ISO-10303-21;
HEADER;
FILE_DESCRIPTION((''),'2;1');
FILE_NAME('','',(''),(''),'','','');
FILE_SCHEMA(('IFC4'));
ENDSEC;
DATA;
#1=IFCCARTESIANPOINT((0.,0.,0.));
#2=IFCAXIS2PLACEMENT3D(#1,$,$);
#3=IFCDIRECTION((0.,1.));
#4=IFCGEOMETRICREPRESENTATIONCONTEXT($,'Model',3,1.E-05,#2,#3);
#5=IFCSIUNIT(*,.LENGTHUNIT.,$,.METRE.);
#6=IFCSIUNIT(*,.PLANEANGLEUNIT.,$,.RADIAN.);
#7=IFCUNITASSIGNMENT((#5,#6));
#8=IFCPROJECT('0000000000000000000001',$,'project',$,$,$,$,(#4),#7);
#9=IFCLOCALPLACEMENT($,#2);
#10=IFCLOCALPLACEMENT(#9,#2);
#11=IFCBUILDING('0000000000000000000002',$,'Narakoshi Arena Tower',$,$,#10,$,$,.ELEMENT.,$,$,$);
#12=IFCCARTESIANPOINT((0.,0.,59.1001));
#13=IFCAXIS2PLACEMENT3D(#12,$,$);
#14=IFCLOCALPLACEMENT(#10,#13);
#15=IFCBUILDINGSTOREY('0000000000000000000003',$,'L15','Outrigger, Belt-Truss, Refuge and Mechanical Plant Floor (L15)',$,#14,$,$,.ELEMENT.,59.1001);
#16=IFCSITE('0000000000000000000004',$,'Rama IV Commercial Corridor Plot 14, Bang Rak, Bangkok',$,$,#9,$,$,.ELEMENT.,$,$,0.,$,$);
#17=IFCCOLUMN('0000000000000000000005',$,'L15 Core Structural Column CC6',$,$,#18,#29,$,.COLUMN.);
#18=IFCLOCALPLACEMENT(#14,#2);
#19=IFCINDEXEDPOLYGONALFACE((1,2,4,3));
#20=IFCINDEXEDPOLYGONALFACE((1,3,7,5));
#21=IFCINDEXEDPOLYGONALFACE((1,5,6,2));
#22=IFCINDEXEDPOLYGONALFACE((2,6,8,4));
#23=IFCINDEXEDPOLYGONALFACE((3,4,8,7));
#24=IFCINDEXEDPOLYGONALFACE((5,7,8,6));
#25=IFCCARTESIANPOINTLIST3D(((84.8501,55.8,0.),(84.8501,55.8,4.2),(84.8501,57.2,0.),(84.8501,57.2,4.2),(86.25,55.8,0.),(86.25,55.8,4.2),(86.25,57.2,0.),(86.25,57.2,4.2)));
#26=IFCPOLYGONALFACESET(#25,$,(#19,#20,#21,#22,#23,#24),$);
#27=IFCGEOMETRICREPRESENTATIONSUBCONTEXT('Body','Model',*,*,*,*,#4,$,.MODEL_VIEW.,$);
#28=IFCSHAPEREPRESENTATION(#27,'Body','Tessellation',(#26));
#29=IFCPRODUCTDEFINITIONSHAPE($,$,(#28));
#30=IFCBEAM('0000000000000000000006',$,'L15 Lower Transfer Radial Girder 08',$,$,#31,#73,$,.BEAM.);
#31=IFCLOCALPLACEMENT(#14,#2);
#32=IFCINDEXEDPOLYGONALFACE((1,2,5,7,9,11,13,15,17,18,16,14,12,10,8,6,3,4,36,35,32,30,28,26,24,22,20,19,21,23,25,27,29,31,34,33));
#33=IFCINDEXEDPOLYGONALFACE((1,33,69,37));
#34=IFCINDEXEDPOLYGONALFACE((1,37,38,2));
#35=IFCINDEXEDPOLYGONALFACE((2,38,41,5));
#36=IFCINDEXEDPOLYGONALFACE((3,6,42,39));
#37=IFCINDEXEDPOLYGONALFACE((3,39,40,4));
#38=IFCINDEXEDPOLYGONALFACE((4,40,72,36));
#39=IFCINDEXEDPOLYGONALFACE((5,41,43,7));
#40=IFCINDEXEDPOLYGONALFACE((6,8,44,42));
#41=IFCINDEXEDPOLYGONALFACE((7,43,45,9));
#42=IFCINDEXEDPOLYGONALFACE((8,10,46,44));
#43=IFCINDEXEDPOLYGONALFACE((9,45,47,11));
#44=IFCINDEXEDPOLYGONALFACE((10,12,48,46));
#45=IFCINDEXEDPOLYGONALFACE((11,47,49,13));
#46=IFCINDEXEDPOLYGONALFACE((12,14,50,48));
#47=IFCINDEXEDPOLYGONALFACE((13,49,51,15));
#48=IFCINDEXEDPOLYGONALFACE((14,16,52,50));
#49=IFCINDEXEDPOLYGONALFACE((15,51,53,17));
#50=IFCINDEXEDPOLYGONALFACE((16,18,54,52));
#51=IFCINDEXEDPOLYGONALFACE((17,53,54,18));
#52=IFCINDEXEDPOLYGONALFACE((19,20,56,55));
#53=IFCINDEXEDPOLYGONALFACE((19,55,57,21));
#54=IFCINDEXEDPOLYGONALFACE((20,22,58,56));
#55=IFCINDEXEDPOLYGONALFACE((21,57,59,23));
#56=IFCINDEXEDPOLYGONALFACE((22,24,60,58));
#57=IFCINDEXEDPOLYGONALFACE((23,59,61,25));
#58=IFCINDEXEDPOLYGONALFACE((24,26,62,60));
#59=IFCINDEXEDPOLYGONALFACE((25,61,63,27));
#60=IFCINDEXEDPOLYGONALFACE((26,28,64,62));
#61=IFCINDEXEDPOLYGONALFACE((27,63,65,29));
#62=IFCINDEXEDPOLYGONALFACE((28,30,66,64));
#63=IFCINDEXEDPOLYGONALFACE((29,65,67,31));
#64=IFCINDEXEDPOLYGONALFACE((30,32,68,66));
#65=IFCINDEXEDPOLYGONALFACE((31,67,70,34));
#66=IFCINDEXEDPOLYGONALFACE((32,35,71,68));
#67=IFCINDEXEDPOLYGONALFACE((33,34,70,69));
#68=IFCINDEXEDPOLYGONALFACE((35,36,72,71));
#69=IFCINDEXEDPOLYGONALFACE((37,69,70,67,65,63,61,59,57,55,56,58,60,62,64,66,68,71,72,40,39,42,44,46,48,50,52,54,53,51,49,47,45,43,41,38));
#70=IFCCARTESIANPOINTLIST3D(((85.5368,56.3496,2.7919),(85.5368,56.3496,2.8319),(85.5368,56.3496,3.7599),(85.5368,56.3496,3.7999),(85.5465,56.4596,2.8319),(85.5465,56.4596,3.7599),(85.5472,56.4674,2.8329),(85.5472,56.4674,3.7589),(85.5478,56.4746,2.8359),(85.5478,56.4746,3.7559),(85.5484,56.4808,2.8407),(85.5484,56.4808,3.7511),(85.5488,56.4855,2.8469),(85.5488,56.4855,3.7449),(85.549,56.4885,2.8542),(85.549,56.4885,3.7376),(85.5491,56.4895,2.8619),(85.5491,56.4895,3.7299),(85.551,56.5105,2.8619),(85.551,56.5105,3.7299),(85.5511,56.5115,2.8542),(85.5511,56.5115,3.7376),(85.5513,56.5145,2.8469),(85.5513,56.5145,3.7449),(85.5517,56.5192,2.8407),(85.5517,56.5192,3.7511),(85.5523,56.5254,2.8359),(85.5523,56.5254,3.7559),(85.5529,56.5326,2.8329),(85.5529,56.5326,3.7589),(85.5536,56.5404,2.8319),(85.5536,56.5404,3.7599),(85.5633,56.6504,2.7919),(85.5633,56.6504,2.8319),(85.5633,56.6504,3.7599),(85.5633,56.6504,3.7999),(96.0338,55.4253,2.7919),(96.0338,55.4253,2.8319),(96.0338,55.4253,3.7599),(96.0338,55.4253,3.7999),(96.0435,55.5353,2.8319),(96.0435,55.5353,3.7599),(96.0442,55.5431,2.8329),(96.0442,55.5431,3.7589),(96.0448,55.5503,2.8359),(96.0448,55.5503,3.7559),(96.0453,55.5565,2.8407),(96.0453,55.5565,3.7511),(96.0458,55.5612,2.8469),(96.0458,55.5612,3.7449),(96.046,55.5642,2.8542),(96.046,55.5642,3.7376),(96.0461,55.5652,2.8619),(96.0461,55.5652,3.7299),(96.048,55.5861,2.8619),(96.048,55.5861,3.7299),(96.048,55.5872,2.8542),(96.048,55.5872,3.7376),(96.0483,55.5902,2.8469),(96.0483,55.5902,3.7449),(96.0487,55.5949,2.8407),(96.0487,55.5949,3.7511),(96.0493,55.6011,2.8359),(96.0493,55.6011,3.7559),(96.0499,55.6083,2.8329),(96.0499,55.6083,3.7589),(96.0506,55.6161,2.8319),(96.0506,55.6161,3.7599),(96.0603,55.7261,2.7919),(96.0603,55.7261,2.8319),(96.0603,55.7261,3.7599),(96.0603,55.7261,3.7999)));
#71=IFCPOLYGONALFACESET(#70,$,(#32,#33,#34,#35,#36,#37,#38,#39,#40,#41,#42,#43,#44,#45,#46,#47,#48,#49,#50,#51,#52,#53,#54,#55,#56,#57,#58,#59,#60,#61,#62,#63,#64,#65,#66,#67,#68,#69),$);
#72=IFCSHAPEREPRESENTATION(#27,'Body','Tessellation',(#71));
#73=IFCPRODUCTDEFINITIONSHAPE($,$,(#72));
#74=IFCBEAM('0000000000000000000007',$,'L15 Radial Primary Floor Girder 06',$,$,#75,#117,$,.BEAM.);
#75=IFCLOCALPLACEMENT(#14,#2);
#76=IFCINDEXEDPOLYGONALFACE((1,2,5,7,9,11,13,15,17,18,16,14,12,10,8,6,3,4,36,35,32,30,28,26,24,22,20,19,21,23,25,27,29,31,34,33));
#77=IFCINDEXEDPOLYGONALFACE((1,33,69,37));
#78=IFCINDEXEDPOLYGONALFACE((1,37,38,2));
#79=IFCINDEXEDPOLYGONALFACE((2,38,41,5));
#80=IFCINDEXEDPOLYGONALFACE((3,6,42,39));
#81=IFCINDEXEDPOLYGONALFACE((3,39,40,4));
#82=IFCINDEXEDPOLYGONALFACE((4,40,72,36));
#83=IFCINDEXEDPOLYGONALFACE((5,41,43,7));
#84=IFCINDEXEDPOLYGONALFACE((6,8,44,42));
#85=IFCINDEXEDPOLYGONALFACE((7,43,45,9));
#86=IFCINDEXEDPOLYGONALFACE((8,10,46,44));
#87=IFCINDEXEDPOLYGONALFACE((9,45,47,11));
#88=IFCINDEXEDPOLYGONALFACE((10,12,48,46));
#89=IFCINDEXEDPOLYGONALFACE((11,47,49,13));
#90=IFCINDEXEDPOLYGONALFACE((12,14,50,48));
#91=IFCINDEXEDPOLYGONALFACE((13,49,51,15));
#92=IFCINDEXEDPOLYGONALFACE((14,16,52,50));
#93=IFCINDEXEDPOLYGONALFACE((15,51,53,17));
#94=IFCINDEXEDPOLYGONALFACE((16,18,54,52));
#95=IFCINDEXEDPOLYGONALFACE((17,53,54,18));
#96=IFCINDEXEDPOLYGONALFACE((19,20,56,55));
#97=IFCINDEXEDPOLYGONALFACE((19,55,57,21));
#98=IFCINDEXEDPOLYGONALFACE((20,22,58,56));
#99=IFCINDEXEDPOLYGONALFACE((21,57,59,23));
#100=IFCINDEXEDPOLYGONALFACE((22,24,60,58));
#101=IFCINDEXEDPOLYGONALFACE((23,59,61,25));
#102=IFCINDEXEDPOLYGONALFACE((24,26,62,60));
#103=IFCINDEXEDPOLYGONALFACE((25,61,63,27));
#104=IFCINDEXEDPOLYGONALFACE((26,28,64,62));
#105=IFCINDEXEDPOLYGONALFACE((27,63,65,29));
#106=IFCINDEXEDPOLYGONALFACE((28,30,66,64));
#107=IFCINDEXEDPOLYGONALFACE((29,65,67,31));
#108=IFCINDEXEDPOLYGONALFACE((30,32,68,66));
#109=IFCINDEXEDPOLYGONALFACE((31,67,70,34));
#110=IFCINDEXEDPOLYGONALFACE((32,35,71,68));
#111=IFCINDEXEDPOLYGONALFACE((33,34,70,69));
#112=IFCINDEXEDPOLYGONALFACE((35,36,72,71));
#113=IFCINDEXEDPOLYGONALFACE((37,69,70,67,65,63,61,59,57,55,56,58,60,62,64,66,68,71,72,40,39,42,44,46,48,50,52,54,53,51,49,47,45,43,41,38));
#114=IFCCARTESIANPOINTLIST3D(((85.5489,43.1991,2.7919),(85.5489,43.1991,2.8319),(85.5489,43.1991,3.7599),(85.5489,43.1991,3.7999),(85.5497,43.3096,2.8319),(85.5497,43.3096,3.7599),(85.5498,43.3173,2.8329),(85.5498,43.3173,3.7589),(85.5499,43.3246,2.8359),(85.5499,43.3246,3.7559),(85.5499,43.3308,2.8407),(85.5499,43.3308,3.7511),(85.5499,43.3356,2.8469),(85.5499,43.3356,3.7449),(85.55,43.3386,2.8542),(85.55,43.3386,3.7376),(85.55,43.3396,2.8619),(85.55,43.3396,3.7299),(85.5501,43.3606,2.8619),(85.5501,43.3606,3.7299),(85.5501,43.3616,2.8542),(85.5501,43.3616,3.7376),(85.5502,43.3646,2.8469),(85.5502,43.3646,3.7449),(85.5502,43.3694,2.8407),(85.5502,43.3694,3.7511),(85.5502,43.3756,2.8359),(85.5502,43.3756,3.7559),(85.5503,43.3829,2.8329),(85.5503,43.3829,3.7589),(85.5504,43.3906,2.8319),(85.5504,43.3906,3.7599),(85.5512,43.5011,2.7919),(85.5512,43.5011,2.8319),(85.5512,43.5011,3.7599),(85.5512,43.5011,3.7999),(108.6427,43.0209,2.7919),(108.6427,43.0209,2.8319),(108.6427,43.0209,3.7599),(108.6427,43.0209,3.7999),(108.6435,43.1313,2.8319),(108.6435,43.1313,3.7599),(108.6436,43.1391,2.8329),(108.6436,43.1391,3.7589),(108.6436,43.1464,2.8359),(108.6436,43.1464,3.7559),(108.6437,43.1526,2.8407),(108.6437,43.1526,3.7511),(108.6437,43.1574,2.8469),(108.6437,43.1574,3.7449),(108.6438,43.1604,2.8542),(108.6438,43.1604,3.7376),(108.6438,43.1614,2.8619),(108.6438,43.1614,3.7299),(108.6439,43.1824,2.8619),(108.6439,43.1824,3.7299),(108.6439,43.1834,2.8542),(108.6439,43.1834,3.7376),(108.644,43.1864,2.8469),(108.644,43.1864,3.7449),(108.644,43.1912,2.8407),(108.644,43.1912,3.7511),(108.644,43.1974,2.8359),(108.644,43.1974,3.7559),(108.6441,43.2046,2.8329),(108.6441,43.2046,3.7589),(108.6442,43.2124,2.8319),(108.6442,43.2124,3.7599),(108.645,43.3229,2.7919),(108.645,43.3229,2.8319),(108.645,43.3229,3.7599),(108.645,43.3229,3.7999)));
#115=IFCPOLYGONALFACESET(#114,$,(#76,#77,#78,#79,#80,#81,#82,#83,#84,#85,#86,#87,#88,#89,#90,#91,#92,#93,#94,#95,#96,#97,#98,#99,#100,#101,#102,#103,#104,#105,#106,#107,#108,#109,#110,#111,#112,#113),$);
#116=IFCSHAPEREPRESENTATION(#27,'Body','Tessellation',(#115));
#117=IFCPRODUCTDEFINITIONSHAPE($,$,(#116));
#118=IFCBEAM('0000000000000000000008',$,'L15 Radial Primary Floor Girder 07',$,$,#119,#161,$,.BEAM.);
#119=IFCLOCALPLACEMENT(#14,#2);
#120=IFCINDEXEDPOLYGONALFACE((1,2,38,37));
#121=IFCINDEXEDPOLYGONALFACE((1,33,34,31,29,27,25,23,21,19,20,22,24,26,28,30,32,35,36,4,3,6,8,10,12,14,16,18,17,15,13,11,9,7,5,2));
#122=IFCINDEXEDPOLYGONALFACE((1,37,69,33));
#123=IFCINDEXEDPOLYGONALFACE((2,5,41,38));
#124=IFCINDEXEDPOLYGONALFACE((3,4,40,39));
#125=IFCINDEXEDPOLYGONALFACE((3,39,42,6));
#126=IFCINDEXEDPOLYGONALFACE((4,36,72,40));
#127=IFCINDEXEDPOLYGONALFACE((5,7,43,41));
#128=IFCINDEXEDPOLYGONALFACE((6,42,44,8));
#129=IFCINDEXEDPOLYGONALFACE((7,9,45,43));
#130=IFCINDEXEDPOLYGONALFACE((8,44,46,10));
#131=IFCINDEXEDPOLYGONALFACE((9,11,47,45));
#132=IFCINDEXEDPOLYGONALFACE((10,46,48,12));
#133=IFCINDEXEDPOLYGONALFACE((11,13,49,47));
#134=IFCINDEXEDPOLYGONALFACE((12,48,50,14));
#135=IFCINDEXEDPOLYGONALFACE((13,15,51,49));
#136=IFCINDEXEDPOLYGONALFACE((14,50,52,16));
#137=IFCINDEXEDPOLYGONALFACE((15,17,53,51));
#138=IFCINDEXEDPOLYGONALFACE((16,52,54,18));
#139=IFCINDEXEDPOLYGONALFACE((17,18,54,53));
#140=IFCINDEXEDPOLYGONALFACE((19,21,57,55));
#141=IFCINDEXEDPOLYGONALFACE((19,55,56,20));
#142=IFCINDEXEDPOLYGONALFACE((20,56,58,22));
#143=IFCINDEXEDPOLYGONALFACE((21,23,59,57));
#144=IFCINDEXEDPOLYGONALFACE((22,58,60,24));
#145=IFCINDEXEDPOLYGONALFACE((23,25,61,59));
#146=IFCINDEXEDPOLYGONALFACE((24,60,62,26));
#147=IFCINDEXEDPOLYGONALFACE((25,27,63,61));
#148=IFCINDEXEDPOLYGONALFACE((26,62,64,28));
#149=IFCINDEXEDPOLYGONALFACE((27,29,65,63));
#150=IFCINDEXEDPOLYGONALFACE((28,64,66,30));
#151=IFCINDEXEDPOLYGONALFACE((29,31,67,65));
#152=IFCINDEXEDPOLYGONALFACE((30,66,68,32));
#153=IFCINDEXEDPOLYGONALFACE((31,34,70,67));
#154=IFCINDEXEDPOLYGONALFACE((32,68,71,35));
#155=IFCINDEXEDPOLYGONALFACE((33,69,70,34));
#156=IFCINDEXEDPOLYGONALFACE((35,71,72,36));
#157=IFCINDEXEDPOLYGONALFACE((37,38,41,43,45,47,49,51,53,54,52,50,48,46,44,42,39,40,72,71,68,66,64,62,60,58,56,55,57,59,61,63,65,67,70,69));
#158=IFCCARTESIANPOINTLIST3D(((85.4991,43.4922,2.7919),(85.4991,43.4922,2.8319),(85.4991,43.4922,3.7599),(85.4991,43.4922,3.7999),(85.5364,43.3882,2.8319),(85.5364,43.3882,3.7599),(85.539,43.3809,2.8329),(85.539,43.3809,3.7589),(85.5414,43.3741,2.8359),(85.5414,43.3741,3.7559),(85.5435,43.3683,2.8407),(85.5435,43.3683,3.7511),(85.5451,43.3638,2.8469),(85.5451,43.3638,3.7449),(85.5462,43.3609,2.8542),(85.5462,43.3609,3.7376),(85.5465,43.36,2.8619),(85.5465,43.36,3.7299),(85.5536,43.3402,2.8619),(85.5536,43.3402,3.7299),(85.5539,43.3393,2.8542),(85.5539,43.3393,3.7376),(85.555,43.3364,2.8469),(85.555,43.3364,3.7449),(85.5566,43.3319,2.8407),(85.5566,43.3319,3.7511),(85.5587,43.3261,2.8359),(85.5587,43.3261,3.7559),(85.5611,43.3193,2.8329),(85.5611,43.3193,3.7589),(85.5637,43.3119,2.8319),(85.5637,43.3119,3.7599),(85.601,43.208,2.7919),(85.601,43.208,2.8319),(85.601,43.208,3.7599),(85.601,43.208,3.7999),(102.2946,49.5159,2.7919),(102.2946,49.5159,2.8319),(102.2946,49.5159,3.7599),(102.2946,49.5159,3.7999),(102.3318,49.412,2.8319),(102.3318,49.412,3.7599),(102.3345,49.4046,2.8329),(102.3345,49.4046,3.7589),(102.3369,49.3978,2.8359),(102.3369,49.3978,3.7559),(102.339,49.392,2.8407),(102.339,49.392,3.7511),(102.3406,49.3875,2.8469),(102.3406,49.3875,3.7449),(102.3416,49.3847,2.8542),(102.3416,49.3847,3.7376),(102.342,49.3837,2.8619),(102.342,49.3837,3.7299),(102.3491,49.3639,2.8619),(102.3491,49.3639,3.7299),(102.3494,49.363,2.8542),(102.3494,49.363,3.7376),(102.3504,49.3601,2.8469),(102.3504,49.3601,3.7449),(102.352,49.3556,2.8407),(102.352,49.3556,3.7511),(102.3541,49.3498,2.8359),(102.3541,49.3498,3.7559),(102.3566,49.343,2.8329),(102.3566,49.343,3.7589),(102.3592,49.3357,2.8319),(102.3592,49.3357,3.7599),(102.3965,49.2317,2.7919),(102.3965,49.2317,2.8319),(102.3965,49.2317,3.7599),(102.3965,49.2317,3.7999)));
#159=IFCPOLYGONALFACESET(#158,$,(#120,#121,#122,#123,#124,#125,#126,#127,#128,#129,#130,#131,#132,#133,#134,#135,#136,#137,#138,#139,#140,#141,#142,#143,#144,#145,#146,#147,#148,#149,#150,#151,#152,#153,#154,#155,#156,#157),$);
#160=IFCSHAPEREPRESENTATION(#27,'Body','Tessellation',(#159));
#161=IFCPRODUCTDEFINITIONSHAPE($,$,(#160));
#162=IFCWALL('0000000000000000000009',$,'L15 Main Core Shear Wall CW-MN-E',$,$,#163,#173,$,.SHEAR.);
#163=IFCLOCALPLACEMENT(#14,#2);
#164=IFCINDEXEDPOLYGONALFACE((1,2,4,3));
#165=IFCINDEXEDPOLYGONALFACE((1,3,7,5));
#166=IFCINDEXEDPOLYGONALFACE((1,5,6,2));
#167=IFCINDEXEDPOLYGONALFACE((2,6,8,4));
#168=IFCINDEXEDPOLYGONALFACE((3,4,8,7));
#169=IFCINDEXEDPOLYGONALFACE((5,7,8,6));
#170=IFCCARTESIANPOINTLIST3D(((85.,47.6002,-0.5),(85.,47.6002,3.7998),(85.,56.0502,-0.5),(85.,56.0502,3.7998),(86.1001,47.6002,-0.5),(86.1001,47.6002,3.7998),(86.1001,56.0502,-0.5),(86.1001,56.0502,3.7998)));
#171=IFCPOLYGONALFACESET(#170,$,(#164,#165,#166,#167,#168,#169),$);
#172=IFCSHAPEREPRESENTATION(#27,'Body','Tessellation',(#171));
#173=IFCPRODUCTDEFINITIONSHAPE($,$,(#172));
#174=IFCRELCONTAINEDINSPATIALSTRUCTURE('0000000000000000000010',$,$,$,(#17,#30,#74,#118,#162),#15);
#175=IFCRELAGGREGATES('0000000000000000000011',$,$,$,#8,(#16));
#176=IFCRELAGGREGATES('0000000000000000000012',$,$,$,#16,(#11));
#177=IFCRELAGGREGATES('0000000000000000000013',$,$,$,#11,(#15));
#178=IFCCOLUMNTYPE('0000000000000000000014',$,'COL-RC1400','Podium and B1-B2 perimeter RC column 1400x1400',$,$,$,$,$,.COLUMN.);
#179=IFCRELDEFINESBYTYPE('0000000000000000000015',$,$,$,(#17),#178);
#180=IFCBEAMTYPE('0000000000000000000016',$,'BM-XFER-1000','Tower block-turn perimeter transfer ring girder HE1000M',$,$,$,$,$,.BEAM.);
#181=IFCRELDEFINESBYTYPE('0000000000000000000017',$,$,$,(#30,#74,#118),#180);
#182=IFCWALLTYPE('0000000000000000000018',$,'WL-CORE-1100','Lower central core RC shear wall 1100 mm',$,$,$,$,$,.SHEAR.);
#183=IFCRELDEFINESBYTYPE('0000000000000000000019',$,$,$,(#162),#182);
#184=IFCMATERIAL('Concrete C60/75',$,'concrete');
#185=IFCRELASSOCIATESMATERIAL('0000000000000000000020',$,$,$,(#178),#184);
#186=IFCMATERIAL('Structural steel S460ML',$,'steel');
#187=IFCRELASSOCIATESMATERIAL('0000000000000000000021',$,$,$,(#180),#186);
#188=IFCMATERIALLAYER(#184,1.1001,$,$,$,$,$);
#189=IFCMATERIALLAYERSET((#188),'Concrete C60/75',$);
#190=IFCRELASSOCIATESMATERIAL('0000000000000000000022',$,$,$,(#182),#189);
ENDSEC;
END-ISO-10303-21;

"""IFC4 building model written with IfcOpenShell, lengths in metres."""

from ifc_helpers import new_model, si_unit, direction, frame, frame_2d, origin, origin_2d, place, context, subcontext, project, spatial, rectangle, i_section, extrude, material, layer, layer_set, material_profile, profile_set, type_object, element, save


model = new_model("IFC4")

# Units and contexts
model_context = context("Model", 3, precision=1e-05, world=origin(), true_north=direction((0.0, 1.0)))
body_context = subcontext(model_context, "Body", "Model", "MODEL_VIEW")
ifc_project = project(units=[si_unit("LENGTHUNIT", "METRE"), si_unit("PLANEANGLEUNIT", "RADIAN")], contexts=[model_context])

# Site, building, storey
site_placement = place(None, origin())
site = spatial("IfcSite", under=ifc_project, at=site_placement, Name="Rama IV Commercial Corridor Plot 14, Bang Rak, Bangkok", CompositionType="ELEMENT", RefElevation=0.0)
building_placement = place(site_placement, origin())
building = spatial("IfcBuilding", under=site, at=building_placement, Name="Narakoshi Arena Tower", CompositionType="ELEMENT")
storey_placement = place(building_placement, frame((0.0, 0.0, 59.1001)))
storey = spatial("IfcBuildingStorey", under=building, at=storey_placement, Name="L15", Description="Outrigger, Belt-Truss, Refuge and Mechanical Plant Floor (L15)", CompositionType="ELEMENT", Elevation=59.1001)

# Column
ifc_material_1 = material(Name="Concrete C60/75", Category="concrete")
ifc_material_profile_1 = material_profile(ifc_material_1, rectangle(XDim=1.3999, YDim=1.3999, at=origin_2d()), Name="RC1400x1400")
ifc_profile_set_1 = profile_set([ifc_material_profile_1], Name="Concrete C60/75")
column_type = type_object("IfcColumnType", Name="COL-RC1400", Description="Podium and B1-B2 perimeter RC column 1400x1400", PredefinedType="COLUMN", material=ifc_profile_set_1)
column_placement = place(storey_placement, frame((85.55, 56.5, 0.0), z_axis=(0.0, 0.0, 1.0), x_axis=(1.0, 0.0, 0.0)))
element("IfcColumn", 1, at=column_placement, inside=storey, type_object=column_type, Name="L15 Core Structural Column CC6", PredefinedType="COLUMN", context=body_context, shape_type="SweptSolid", body=[
    extrude(rectangle(XDim=1.3999, YDim=1.3999, at=origin_2d()), origin(), (0.0, 0.0, 1.0), 4.2),
])

# Beams
ifc_material_2 = material(Name="Structural steel S460ML", Category="steel")
ifc_material_profile_2 = material_profile(ifc_material_2, i_section(OverallWidth=0.302, OverallDepth=1.0081, WebThickness=0.021, FlangeThickness=0.04, FilletRadius=0.03, at=origin_2d()), Name="HE1000M")
ifc_profile_set_2 = profile_set([ifc_material_profile_2], Name="Structural steel S460ML")
beam_type = type_object("IfcBeamType", Name="BM-XFER-1000", Description="Tower block-turn perimeter transfer ring girder HE1000M", PredefinedType="BEAM", material=ifc_profile_set_2)
beam_1_placement = place(storey_placement, frame((85.55, 56.5, 3.2959), z_axis=(0.996146, -0.087715, 0.0), x_axis=(0.087715, 0.996146, 0.0)))
element("IfcBeam", 2, at=beam_1_placement, inside=storey, type_object=beam_type, Name="L15 Lower Transfer Radial Girder 08", PredefinedType="BEAM", context=body_context, shape_type="SweptSolid", body=[
    extrude(i_section(OverallWidth=0.302, OverallDepth=1.0081, WebThickness=0.021, FlangeThickness=0.04, FilletRadius=0.03, at=origin_2d()), origin(), (0.0, 0.0, 1.0), 10.5376),
])
beam_2_placement = place(storey_placement, frame((85.55, 43.3501, 3.2959), z_axis=(0.99997, -0.007717, 0.0), x_axis=(0.007717, 0.99997, 0.0)))
element("IfcBeam", 3, at=beam_2_placement, inside=storey, type_object=beam_type, Name="L15 Radial Primary Floor Girder 06", PredefinedType="BEAM", context=body_context, shape_type="SweptSolid", body=[
    extrude(i_section(OverallWidth=0.302, OverallDepth=1.0081, WebThickness=0.021, FlangeThickness=0.04, FilletRadius=0.03, at=origin_2d()), origin(), (0.0, 0.0, 1.0), 23.0945),
])
beam_3_placement = place(storey_placement, frame((85.55, 43.3501, 3.2959), z_axis=(0.941292, 0.337595, 0.0), x_axis=(-0.337595, 0.941292, 0.0)))
element("IfcBeam", 4, at=beam_3_placement, inside=storey, type_object=beam_type, Name="L15 Radial Primary Floor Girder 07", PredefinedType="BEAM", context=body_context, shape_type="SweptSolid", body=[
    extrude(i_section(OverallWidth=0.302, OverallDepth=1.0081, WebThickness=0.021, FlangeThickness=0.04, FilletRadius=0.03, at=origin_2d()), origin(), (0.0, 0.0, 1.0), 17.843),
])

# Wall
ifc_layer_1 = layer(ifc_material_1, 1.1001)
ifc_layer_set_1 = layer_set([ifc_layer_1], Name="Concrete C60/75")
wall_type_1 = type_object("IfcWallType", Name="WL-CORE-1100", Description="Lower central core RC shear wall 1100 mm", PredefinedType="SHEAR", material=ifc_layer_set_1)
wall_1_placement = place(storey_placement, frame((85.55, 47.6001, -0.5), z_axis=(0.0, 0.0, 1.0), x_axis=(0.0, 1.0, 0.0)))
element("IfcWall", 5, at=wall_1_placement, inside=storey, type_object=wall_type_1, Name="L15 Main Core Shear Wall CW-MN-E", PredefinedType="SHEAR", context=body_context, shape_type="SweptSolid", body=[
    extrude(rectangle(XDim=8.45, YDim=1.1001, at=frame_2d((4.2251, 0.0))), origin(), (0.0, 0.0, 1.0), 4.2998),
])

save(model, "model.ifc")
